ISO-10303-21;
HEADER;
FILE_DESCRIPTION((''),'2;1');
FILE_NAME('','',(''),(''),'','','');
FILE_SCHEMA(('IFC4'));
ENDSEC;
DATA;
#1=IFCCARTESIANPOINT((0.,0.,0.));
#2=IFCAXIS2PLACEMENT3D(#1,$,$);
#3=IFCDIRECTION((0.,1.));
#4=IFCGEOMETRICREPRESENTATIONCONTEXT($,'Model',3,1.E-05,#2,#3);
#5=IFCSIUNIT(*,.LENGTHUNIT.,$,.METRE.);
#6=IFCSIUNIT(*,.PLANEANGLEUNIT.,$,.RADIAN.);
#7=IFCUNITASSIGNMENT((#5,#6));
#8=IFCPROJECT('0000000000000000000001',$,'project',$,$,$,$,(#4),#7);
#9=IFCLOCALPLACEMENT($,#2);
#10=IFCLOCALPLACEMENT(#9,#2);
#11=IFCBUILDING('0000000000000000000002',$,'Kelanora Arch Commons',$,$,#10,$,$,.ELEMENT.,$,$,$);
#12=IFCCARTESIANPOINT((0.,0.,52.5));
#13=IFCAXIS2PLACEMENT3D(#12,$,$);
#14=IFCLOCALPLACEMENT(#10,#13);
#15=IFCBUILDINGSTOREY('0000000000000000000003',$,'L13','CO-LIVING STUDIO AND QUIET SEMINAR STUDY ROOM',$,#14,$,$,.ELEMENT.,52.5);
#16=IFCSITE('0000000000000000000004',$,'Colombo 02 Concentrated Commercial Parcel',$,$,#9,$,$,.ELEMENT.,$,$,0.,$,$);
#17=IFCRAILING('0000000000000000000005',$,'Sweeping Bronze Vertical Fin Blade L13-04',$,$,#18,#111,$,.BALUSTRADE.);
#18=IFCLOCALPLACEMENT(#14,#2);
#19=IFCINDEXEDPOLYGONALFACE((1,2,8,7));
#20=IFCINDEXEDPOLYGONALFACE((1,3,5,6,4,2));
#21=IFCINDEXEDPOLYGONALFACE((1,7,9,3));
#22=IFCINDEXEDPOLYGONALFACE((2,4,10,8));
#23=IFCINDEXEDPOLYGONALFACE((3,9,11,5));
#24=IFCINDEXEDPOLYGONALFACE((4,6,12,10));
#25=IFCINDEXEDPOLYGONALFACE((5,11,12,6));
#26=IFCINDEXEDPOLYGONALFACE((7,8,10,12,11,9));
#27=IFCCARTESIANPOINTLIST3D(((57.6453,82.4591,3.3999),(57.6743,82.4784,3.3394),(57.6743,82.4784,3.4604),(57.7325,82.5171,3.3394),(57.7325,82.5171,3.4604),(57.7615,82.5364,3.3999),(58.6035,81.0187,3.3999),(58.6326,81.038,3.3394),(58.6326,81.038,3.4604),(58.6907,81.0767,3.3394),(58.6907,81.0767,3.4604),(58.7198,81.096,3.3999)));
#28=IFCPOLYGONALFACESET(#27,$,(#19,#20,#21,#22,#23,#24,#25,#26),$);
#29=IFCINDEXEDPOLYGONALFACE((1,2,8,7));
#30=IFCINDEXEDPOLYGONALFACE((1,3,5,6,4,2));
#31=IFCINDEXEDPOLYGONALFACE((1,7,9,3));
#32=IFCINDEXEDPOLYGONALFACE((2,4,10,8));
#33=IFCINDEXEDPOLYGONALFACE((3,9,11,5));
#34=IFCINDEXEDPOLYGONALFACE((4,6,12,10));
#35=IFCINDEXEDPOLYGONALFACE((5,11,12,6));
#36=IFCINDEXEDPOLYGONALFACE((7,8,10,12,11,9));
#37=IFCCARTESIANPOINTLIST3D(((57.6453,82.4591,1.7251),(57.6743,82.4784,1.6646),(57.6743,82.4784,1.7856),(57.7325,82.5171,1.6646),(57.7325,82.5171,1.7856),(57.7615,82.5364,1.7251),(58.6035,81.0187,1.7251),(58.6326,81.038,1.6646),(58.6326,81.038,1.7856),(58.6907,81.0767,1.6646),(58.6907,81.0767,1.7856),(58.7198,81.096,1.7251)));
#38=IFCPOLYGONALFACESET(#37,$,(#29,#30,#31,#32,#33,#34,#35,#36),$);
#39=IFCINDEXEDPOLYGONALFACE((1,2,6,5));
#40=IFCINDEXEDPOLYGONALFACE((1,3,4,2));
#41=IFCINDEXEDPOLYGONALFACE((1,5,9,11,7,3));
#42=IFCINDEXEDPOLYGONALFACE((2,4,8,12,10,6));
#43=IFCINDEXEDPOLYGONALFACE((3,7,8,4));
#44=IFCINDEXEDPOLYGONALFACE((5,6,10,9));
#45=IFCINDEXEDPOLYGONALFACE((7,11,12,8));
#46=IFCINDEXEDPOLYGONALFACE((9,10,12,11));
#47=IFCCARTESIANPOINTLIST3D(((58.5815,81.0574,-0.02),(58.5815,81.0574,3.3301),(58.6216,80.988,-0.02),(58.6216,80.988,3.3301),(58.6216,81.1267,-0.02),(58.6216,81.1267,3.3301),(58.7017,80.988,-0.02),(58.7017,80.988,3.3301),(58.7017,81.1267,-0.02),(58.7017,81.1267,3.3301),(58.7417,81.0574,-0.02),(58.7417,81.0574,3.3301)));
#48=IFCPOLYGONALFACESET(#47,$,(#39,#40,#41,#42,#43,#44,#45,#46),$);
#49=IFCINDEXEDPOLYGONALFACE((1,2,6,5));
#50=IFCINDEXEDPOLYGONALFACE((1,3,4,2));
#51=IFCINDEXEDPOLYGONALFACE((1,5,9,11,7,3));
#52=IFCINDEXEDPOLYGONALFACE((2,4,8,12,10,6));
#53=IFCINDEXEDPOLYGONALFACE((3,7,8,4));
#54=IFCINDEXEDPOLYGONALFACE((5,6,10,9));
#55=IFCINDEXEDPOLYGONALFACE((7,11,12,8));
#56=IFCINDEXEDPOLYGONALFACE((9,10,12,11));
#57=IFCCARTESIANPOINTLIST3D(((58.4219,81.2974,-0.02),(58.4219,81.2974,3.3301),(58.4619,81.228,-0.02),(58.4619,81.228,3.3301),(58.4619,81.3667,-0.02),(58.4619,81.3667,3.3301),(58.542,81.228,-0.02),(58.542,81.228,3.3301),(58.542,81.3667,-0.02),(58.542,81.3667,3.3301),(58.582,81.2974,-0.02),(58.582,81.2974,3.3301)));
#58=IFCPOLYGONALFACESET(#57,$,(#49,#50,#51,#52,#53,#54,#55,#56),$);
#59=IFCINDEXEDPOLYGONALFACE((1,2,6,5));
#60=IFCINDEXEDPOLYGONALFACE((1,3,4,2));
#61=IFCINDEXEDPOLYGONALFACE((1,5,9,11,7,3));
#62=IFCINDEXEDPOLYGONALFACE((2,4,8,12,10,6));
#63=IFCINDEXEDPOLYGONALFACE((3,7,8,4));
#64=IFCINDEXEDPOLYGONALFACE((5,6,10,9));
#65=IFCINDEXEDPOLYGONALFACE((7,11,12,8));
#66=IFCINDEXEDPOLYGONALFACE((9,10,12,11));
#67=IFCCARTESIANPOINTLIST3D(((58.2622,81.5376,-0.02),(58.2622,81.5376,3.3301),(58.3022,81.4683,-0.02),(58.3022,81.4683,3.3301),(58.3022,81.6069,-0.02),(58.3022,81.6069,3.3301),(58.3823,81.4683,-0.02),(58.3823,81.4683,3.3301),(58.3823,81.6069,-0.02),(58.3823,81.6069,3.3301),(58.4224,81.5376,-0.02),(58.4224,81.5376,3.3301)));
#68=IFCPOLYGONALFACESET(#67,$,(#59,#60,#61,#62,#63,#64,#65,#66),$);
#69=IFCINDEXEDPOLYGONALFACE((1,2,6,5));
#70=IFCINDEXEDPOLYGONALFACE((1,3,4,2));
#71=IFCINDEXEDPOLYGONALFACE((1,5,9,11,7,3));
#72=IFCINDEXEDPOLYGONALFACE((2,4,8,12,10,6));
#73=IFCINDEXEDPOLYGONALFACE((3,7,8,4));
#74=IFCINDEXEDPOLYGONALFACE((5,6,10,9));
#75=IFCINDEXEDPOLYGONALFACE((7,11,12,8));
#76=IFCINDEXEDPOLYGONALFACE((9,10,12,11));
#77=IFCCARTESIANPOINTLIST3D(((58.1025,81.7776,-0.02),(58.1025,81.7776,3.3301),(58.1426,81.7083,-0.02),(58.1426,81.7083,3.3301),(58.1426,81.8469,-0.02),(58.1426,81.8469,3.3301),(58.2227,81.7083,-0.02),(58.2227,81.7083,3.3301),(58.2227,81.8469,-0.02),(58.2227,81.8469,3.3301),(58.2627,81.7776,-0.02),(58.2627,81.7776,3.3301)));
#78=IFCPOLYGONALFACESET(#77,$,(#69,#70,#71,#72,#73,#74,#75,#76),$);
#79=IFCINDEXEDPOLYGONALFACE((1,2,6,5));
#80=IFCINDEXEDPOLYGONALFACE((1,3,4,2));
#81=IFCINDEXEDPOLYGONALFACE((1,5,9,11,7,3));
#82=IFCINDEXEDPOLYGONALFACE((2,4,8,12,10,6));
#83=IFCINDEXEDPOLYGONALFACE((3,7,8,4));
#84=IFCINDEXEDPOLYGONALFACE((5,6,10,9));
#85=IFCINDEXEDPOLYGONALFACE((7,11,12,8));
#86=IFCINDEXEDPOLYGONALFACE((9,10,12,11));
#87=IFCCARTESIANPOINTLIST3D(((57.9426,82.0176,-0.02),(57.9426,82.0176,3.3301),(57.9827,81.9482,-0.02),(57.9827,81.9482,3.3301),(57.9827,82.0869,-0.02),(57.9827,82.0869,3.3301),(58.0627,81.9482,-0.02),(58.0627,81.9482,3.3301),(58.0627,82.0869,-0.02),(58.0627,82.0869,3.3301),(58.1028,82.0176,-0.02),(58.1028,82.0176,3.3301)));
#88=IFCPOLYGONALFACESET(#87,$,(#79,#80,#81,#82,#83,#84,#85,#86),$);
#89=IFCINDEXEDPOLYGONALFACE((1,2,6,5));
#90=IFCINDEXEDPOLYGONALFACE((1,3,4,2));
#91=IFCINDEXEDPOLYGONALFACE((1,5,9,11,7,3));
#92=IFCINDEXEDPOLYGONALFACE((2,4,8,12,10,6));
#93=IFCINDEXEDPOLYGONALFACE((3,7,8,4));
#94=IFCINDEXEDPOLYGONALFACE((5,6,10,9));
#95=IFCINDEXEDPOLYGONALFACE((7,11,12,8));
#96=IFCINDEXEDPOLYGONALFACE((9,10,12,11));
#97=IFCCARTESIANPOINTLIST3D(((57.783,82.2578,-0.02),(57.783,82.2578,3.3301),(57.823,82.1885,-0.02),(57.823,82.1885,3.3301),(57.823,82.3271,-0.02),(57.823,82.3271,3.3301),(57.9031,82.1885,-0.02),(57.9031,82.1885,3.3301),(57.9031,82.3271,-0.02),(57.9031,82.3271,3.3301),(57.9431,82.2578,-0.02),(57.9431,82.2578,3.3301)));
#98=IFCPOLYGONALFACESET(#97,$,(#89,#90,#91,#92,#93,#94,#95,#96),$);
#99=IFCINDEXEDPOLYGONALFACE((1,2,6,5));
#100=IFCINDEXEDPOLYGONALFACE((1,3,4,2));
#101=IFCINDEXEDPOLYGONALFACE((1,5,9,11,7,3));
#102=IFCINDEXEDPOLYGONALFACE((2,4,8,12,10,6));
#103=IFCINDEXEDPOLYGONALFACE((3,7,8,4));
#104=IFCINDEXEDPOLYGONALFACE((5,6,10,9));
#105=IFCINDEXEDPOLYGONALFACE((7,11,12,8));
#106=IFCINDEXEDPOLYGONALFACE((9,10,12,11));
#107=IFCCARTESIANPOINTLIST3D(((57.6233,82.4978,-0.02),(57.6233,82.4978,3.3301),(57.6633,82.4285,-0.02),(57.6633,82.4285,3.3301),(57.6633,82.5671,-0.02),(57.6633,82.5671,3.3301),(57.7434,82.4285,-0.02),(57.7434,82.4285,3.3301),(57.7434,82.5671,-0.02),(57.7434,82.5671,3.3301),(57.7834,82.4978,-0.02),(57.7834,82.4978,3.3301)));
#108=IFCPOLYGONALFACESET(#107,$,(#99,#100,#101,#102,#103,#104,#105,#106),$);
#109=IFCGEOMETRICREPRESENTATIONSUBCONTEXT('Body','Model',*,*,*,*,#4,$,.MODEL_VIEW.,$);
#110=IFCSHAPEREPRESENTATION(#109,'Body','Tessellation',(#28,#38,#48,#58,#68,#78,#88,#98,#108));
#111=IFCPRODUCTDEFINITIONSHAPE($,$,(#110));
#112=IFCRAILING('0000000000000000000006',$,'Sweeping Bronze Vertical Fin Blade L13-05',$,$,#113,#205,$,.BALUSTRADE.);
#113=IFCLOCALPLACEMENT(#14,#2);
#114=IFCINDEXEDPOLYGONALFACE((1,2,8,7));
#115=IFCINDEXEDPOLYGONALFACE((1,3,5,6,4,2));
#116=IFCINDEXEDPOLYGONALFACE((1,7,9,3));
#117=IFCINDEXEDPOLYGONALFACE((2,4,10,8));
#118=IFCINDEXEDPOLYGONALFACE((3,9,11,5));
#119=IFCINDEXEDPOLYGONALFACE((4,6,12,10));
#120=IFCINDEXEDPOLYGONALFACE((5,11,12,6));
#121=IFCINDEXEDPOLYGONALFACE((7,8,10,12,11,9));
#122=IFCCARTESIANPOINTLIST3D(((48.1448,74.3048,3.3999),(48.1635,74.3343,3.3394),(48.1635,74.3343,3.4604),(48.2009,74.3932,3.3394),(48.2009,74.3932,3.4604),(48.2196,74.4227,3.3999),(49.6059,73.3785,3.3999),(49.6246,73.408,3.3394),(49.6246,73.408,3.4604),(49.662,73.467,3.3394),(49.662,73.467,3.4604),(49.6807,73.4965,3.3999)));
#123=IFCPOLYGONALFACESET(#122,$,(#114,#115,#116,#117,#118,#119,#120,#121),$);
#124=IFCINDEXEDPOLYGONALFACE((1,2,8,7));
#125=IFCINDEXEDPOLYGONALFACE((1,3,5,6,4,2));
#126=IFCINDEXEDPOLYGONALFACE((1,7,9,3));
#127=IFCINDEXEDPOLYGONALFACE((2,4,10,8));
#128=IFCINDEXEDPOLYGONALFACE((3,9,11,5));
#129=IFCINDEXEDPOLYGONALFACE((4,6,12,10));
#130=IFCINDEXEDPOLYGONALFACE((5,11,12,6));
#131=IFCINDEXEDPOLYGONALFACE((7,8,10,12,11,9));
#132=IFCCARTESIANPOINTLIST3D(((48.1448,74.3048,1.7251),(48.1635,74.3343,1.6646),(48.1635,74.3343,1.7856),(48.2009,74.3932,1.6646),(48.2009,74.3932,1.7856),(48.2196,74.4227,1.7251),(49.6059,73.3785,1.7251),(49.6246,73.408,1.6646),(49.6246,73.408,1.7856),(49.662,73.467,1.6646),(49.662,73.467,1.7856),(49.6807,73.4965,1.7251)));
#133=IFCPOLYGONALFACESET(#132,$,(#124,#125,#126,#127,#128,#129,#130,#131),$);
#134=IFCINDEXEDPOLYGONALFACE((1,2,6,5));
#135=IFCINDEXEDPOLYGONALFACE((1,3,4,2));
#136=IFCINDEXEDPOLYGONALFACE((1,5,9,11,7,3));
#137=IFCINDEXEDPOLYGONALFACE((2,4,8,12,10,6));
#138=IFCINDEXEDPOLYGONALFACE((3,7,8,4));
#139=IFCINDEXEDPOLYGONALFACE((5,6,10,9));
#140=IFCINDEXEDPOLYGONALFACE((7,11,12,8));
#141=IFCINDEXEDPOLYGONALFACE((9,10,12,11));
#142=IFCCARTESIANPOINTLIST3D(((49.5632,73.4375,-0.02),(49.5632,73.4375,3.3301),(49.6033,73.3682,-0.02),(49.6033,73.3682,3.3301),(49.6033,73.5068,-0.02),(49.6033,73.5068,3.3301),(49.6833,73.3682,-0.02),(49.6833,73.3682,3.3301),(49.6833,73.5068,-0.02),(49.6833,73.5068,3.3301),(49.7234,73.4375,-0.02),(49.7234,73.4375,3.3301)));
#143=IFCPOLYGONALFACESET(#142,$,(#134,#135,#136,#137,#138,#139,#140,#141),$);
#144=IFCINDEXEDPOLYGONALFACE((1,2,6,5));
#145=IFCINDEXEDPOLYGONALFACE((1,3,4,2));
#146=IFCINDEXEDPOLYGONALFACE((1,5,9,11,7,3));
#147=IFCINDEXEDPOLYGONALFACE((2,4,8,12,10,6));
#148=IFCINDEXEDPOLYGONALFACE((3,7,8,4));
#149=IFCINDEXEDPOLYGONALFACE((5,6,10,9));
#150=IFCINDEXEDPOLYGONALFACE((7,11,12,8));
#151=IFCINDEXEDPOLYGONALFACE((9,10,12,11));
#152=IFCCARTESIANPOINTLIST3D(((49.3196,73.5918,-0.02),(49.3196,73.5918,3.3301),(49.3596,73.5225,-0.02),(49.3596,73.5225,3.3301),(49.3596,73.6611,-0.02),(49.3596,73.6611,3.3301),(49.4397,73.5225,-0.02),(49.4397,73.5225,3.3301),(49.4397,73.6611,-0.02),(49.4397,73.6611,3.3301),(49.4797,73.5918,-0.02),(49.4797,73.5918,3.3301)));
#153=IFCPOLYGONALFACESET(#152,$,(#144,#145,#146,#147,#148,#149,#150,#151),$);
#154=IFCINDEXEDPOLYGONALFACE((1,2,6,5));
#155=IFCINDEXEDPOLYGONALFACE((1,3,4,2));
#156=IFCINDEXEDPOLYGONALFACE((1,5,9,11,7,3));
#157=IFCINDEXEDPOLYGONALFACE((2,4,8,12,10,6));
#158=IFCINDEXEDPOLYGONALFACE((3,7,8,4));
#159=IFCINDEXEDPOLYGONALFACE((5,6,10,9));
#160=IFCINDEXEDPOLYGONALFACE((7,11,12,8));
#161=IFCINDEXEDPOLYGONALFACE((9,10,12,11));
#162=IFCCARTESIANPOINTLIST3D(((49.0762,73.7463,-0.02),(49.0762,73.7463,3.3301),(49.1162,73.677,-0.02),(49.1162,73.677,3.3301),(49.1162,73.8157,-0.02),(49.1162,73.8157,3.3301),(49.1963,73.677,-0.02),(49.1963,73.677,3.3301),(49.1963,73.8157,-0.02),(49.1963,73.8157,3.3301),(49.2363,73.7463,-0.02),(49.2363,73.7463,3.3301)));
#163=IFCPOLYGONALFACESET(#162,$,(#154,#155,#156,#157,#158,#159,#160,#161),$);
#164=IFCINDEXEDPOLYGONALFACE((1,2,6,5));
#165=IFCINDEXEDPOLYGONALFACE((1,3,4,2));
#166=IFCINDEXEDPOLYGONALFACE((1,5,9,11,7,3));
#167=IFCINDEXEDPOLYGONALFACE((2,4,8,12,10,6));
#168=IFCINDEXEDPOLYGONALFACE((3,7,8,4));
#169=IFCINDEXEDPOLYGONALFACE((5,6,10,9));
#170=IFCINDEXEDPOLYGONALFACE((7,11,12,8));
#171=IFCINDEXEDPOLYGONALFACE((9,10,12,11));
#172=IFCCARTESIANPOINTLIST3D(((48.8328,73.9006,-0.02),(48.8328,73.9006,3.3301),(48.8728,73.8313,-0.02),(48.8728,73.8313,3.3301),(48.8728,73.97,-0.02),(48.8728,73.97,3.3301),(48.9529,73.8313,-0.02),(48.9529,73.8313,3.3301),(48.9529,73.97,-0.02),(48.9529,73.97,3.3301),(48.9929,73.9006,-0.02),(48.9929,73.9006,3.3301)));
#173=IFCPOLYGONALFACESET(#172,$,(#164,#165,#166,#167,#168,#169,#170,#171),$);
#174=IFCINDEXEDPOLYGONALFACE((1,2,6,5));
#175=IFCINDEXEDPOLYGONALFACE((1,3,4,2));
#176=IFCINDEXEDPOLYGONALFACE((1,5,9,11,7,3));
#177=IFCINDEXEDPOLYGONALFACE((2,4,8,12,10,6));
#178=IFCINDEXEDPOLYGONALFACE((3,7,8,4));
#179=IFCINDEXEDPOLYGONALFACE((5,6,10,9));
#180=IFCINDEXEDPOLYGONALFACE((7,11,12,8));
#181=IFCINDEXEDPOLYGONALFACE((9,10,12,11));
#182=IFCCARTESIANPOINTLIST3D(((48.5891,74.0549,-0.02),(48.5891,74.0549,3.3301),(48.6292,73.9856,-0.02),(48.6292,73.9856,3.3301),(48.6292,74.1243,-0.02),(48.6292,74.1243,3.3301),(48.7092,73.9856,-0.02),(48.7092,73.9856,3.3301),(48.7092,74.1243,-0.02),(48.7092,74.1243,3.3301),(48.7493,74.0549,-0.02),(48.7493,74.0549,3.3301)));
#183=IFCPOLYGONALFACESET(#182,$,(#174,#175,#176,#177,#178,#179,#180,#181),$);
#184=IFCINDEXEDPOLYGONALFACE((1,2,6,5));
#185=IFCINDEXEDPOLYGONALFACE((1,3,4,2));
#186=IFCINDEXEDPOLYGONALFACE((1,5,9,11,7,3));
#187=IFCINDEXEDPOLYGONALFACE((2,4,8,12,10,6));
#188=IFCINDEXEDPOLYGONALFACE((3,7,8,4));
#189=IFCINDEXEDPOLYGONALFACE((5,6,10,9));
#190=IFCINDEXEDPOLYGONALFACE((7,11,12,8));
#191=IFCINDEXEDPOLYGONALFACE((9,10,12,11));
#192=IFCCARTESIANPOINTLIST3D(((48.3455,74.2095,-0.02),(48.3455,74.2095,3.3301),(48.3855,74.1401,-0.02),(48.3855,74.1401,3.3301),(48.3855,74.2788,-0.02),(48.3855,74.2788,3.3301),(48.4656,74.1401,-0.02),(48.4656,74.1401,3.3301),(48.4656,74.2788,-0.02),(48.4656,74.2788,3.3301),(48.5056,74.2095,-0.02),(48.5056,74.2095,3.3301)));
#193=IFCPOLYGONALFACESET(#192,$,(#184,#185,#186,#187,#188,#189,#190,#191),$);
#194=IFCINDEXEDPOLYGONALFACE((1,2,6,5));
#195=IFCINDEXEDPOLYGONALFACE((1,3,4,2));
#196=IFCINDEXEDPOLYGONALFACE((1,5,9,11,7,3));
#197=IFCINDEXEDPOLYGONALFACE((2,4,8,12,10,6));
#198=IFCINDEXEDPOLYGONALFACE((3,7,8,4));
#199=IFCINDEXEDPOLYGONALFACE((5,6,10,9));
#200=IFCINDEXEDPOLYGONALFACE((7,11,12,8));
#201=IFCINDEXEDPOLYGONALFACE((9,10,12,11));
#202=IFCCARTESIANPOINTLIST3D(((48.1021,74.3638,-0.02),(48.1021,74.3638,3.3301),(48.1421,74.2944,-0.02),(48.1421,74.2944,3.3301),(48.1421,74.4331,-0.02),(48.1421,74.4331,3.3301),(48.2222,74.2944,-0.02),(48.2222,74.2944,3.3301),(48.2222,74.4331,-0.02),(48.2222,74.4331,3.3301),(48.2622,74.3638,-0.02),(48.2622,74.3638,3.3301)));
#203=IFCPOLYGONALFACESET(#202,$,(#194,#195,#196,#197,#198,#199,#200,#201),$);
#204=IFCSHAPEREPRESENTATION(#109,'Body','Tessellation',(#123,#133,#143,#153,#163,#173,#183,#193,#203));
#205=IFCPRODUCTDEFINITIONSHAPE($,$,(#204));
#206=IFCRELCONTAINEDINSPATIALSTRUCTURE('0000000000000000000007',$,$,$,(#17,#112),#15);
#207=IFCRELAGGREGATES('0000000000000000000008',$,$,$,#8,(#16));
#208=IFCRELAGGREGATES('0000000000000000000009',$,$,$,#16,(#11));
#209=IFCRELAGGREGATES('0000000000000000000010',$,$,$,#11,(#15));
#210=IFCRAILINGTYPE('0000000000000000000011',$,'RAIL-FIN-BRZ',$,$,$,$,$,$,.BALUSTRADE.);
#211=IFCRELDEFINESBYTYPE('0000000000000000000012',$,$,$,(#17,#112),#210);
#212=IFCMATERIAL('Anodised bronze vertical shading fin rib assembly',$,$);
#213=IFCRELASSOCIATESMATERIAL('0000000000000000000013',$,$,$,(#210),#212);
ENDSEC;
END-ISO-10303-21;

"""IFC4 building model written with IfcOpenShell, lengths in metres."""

from ifc_helpers import new_model, si_unit, direction, frame, origin, place, context, subcontext, project, spatial, polyline, outline, extrude, material, type_object, element, save


model = new_model("IFC4")

# Units and contexts
model_context = context("Model", 3, precision=1e-05, world=origin(), true_north=direction((0.0, 1.0)))
body_context = subcontext(model_context, "Body", "Model", "MODEL_VIEW")
ifc_project = project(units=[si_unit("LENGTHUNIT", "METRE"), si_unit("PLANEANGLEUNIT", "RADIAN")], contexts=[model_context])

# Site, building, storey
site_placement = place(None, origin())
site = spatial("IfcSite", under=ifc_project, at=site_placement, Name="Colombo 02 Concentrated Commercial Parcel", CompositionType="ELEMENT", RefElevation=0.0)
building_placement = place(site_placement, origin())
building = spatial("IfcBuilding", under=site, at=building_placement, Name="Kelanora Arch Commons", CompositionType="ELEMENT")
storey_placement = place(building_placement, frame((0.0, 0.0, 52.5)))
storey = spatial("IfcBuildingStorey", under=building, at=storey_placement, Name="L13", Description="CO-LIVING STUDIO AND QUIET SEMINAR STUDY ROOM", CompositionType="ELEMENT", Elevation=52.5)

# Railings
ifc_material_1 = material(Name="Anodised bronze vertical shading fin rib assembly")
railing_type = type_object("IfcRailingType", Name="RAIL-FIN-BRZ", PredefinedType="BALUSTRADE", material=ifc_material_1)
railing_1_placement = place(storey_placement, frame((58.6616, 81.0574, -0.02)))
element("IfcRailing", 1, at=railing_1_placement, inside=storey, type_object=railing_type, Name="Sweeping Bronze Vertical Fin Blade L13-04", PredefinedType="BALUSTRADE", context=body_context, shape_type="SweptSolid", body=[
    extrude(outline(polyline([(0.0698, 0.0), (0.0349, 0.0605), (-0.0349, 0.0605), (-0.0698, 0.0), (-0.0349, -0.0605), (0.0349, -0.0605), (0.0698, 0.0)])), frame((0.0, 0.0, 3.4199), z_axis=(-0.553886, 0.832593, 0.0), x_axis=(-0.832593, -0.553886, 0.0)), (0.0, 0.0, 1.0), 1.73),
    extrude(outline(polyline([(0.0698, 0.0), (0.0349, 0.0605), (-0.0349, 0.0605), (-0.0698, 0.0), (-0.0349, -0.0605), (0.0349, -0.0605), (0.0698, 0.0)])), frame((0.0, 0.0, 1.7451), z_axis=(-0.553886, 0.832593, 0.0), x_axis=(-0.832593, -0.553886, 0.0)), (0.0, 0.0, 1.0), 1.73),
    extrude(outline(polyline([(0.0801, 0.0), (0.04, 0.0693), (-0.04, 0.0693), (-0.0801, 0.0), (-0.04, -0.0693), (0.04, -0.0693), (0.0801, 0.0)])), origin(), (0.0, 0.0, 1.0), 3.3501),
    extrude(outline(polyline([(0.0801, 0.0), (0.04, 0.0693), (-0.04, 0.0693), (-0.0801, 0.0), (-0.04, -0.0693), (0.04, -0.0693), (0.0801, 0.0)])), frame((-0.1597, 0.24, 0.0)), (0.0, 0.0, 1.0), 3.3501),
    extrude(outline(polyline([(0.0801, 0.0), (0.04, 0.0693), (-0.04, 0.0693), (-0.0801, 0.0), (-0.04, -0.0693), (0.04, -0.0693), (0.0801, 0.0)])), frame((-0.3193, 0.4802, 0.0)), (0.0, 0.0, 1.0), 3.3501),
    extrude(outline(polyline([(0.0801, 0.0), (0.04, 0.0693), (-0.04, 0.0693), (-0.0801, 0.0), (-0.04, -0.0693), (0.04, -0.0693), (0.0801, 0.0)])), frame((-0.479, 0.7202, 0.0)), (0.0, 0.0, 1.0), 3.3501),
    extrude(outline(polyline([(0.0801, 0.0), (0.04, 0.0693), (-0.04, 0.0693), (-0.0801, 0.0), (-0.04, -0.0693), (0.04, -0.0693), (0.0801, 0.0)])), frame((-0.6389, 0.9602, 0.0)), (0.0, 0.0, 1.0), 3.3501),
    extrude(outline(polyline([(0.0801, 0.0), (0.04, 0.0693), (-0.04, 0.0693), (-0.0801, 0.0), (-0.04, -0.0693), (0.04, -0.0693), (0.0801, 0.0)])), frame((-0.7986, 1.2004, 0.0)), (0.0, 0.0, 1.0), 3.3501),
    extrude(outline(polyline([(0.0801, 0.0), (0.04, 0.0693), (-0.04, 0.0693), (-0.0801, 0.0), (-0.04, -0.0693), (0.04, -0.0693), (0.0801, 0.0)])), frame((-0.9583, 1.4404, 0.0)), (0.0, 0.0, 1.0), 3.3501),
])
railing_2_placement = place(storey_placement, frame((49.6433, 73.4375, -0.02)))
element("IfcRailing", 2, at=railing_2_placement, inside=storey, type_object=railing_type, Name="Sweeping Bronze Vertical Fin Blade L13-05", PredefinedType="BALUSTRADE", context=body_context, shape_type="SweptSolid", body=[
    extrude(outline(polyline([(0.0698, 0.0), (0.0349, 0.0605), (-0.0349, 0.0605), (-0.0698, 0.0), (-0.0349, -0.0605), (0.0349, -0.0605), (0.0698, 0.0)])), frame((0.0, 0.0, 3.4199), z_axis=(-0.844596, 0.535405, 0.0), x_axis=(-0.535405, -0.844596, 0.0)), (0.0, 0.0, 1.0), 1.73),
    extrude(outline(polyline([(0.0698, 0.0), (0.0349, 0.0605), (-0.0349, 0.0605), (-0.0698, 0.0), (-0.0349, -0.0605), (0.0349, -0.0605), (0.0698, 0.0)])), frame((0.0, 0.0, 1.7451), z_axis=(-0.844596, 0.535405, 0.0), x_axis=(-0.535405, -0.844596, 0.0)), (0.0, 0.0, 1.0), 1.73),
    extrude(outline(polyline([(0.0801, 0.0), (0.04, 0.0693), (-0.04, 0.0693), (-0.0801, 0.0), (-0.04, -0.0693), (0.04, -0.0693), (0.0801, 0.0)])), origin(), (0.0, 0.0, 1.0), 3.3501),
    extrude(outline(polyline([(0.0801, 0.0), (0.04, 0.0693), (-0.04, 0.0693), (-0.0801, 0.0), (-0.04, -0.0693), (0.04, -0.0693), (0.0801, 0.0)])), frame((-0.2437, 0.1543, 0.0)), (0.0, 0.0, 1.0), 3.3501),
    extrude(outline(polyline([(0.0801, 0.0), (0.04, 0.0693), (-0.04, 0.0693), (-0.0801, 0.0), (-0.04, -0.0693), (0.04, -0.0693), (0.0801, 0.0)])), frame((-0.4871, 0.3088, 0.0)), (0.0, 0.0, 1.0), 3.3501),
    extrude(outline(polyline([(0.0801, 0.0), (0.04, 0.0693), (-0.04, 0.0693), (-0.0801, 0.0), (-0.04, -0.0693), (0.04, -0.0693), (0.0801, 0.0)])), frame((-0.7305, 0.4631, 0.0)), (0.0, 0.0, 1.0), 3.3501),
    extrude(outline(polyline([(0.0801, 0.0), (0.04, 0.0693), (-0.04, 0.0693), (-0.0801, 0.0), (-0.04, -0.0693), (0.04, -0.0693), (0.0801, 0.0)])), frame((-0.9741, 0.6174, 0.0)), (0.0, 0.0, 1.0), 3.3501),
    extrude(outline(polyline([(0.0801, 0.0), (0.04, 0.0693), (-0.04, 0.0693), (-0.0801, 0.0), (-0.04, -0.0693), (0.04, -0.0693), (0.0801, 0.0)])), frame((-1.2178, 0.772, 0.0)), (0.0, 0.0, 1.0), 3.3501),
    extrude(outline(polyline([(0.0801, 0.0), (0.04, 0.0693), (-0.04, 0.0693), (-0.0801, 0.0), (-0.04, -0.0693), (0.04, -0.0693), (0.0801, 0.0)])), frame((-1.4612, 0.9263, 0.0)), (0.0, 0.0, 1.0), 3.3501),
])

save(model, "model.ifc")
